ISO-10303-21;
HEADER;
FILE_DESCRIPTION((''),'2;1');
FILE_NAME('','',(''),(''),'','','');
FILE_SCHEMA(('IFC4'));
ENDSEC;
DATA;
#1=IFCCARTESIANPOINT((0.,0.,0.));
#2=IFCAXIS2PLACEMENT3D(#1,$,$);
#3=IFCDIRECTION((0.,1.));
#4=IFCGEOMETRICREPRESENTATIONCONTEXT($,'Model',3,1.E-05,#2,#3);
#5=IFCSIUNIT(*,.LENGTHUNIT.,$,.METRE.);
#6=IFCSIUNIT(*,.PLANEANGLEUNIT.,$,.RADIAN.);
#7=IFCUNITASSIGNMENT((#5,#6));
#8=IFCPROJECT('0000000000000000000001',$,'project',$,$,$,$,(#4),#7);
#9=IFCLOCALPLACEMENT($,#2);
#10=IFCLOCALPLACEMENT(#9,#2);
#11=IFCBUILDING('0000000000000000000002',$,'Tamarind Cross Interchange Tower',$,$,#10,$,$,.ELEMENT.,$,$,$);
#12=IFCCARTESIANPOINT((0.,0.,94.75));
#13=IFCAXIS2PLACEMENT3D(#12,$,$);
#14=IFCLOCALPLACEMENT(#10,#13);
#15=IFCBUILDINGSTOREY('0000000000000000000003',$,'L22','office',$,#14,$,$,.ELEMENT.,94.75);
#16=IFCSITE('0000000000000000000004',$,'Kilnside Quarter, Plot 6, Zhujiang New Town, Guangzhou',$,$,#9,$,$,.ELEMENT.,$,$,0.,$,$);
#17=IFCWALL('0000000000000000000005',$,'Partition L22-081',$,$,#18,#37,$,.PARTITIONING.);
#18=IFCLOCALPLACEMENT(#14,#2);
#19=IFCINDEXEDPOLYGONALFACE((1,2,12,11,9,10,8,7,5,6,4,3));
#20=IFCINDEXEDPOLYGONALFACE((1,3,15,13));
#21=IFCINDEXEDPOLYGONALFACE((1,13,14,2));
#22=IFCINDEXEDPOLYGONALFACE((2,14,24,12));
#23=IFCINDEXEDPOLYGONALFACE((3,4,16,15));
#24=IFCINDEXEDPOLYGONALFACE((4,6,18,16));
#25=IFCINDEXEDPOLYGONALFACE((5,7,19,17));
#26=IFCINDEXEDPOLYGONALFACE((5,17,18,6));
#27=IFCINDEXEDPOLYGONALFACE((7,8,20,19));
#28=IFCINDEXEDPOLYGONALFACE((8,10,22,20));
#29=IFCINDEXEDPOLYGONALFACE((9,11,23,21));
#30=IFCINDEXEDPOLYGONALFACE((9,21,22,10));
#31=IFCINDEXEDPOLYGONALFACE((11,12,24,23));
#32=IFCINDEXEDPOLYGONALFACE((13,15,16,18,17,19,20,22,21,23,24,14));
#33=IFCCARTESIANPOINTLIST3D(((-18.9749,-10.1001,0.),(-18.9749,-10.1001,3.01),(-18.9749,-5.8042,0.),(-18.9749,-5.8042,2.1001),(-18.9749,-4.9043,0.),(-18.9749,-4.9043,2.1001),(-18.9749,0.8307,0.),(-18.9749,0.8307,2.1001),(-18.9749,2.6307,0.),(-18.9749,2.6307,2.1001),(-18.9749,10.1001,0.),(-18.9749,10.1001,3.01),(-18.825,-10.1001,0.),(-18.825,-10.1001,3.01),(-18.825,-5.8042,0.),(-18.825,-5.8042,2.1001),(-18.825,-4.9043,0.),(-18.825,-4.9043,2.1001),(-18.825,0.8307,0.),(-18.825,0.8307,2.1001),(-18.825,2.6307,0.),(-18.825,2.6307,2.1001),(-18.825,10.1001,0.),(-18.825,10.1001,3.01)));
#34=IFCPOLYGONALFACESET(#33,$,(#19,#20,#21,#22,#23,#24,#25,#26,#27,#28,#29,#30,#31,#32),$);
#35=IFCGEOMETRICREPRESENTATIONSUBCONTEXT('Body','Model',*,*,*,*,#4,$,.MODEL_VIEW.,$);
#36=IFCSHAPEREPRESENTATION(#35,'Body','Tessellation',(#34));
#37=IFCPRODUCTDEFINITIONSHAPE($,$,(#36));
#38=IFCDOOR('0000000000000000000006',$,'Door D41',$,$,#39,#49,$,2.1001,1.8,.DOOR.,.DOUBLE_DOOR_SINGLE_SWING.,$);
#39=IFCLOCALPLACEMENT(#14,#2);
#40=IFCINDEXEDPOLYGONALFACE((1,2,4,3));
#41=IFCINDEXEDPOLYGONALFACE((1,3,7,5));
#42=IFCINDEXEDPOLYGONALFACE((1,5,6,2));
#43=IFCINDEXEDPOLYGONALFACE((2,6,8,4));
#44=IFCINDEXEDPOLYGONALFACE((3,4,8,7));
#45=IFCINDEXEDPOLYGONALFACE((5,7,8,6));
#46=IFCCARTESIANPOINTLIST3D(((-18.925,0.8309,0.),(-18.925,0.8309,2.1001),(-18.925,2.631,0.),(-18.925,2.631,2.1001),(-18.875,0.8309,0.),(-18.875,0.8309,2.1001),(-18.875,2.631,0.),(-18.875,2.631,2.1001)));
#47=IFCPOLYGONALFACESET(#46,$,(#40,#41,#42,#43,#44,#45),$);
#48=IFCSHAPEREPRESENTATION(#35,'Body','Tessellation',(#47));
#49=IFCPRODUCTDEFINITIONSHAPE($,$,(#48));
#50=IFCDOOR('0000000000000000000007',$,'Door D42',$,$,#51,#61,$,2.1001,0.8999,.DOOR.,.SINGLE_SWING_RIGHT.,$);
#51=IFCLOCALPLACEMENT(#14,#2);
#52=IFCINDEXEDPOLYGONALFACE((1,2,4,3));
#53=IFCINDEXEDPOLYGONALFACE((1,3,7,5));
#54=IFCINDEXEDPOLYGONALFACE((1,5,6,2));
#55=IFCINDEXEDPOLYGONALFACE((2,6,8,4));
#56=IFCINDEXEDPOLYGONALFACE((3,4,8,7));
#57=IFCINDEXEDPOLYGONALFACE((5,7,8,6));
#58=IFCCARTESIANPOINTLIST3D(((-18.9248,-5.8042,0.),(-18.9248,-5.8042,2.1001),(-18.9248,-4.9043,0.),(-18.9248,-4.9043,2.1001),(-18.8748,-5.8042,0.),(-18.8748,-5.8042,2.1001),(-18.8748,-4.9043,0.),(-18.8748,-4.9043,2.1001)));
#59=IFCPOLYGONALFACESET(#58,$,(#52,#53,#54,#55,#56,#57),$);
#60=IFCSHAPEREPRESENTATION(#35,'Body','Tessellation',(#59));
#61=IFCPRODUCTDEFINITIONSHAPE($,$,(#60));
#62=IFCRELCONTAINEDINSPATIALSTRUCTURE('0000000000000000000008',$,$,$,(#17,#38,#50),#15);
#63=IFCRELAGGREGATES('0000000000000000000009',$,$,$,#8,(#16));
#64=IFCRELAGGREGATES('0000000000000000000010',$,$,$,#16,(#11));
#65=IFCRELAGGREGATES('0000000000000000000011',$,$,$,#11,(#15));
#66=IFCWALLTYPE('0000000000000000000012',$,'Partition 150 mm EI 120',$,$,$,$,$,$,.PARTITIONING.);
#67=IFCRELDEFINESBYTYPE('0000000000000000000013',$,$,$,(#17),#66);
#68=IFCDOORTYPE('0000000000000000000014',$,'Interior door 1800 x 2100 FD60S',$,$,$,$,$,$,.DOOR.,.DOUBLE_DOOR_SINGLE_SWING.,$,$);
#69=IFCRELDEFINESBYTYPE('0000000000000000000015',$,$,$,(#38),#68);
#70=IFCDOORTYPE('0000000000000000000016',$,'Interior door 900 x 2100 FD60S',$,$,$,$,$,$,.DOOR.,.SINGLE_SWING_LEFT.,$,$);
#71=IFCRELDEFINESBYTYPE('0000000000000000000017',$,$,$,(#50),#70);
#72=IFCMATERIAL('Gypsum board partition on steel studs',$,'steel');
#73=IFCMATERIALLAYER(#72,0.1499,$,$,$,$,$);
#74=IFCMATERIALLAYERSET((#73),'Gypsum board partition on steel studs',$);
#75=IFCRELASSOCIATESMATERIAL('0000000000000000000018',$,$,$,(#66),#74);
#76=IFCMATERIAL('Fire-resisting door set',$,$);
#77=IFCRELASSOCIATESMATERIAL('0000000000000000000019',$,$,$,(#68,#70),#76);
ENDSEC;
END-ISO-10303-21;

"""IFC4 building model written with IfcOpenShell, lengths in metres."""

from ifc_helpers import new_model, si_unit, direction, frame, frame_2d, origin, place, context, subcontext, project, spatial, rectangle, extrude, material, layer, layer_set, type_object, element, fill, save


model = new_model("IFC4")

# Units and contexts
model_context = context("Model", 3, precision=1e-05, world=origin(), true_north=direction((0.0, 1.0)))
body_context = subcontext(model_context, "Body", "Model", "MODEL_VIEW")
ifc_project = project(units=[si_unit("LENGTHUNIT", "METRE"), si_unit("PLANEANGLEUNIT", "RADIAN")], contexts=[model_context])

# Site, building, storey
site_placement = place(None, origin())
site = spatial("IfcSite", under=ifc_project, at=site_placement, Name="Kilnside Quarter, Plot 6, Zhujiang New Town, Guangzhou", CompositionType="ELEMENT", RefElevation=0.0)
building_placement = place(site_placement, origin())
building = spatial("IfcBuilding", under=site, at=building_placement, Name="Tamarind Cross Interchange Tower", CompositionType="ELEMENT")
storey_placement = place(building_placement, frame((0.0, 0.0, 94.75)))
storey = spatial("IfcBuildingStorey", under=building, at=storey_placement, Name="L22", Description="office", CompositionType="ELEMENT", Elevation=94.75)

# Shared definitions
ifc_material_1 = material(Name="Gypsum board partition on steel studs", Category="steel")
ifc_layer_1 = layer(ifc_material_1, 0.1499)
ifc_layer_set_1 = layer_set([ifc_layer_1], Name="Gypsum board partition on steel studs")
wall_type_1 = type_object("IfcWallType", Name="Partition 150 mm EI 120", PredefinedType="PARTITIONING", material=ifc_layer_set_1)

# Wall, openings, doors
ifc_material_2 = material(Name="Fire-resisting door set")
door_type_1 = type_object("IfcDoorType", Name="Interior door 1800 x 2100 FD60S", OperationType="DOUBLE_DOOR_SINGLE_SWING", PredefinedType="DOOR", material=ifc_material_2)
wall_1_placement = place(storey_placement, frame((-18.8999, -10.1001, 0.0), z_axis=(0.0, 0.0, 1.0), x_axis=(0.0, 1.0, 0.0)))
wall_1 = element("IfcWall", 1, at=wall_1_placement, inside=storey, type_object=wall_type_1, Name="Partition L22-081", PredefinedType="PARTITIONING", context=body_context, shape_type="SweptSolid", body=[
    extrude(rectangle(XDim=20.2002, YDim=0.1499, at=frame_2d((10.1001, 0.0))), origin(), (0.0, 0.0, 1.0), 3.01),
])
opening_1_placement = place(wall_1_placement, frame((10.9309, 0.0, 0.0)))
opening_1 = element("IfcOpeningElement", 2, at=opening_1_placement, cuts=wall_1, PredefinedType="OPENING", context=body_context, shape_type="SweptSolid", body=[
    extrude(rectangle(XDim=1.8, YDim=2.1001, at=frame_2d((0.8999, 1.05))), frame((0.0, 0.085, 0.0), z_axis=(0.0, -1.0, 0.0), x_axis=(1.0, 0.0, 0.0)), (0.0, 0.0, 1.0), 0.1699),
])
opening_2_placement = place(wall_1_placement, frame((4.2959, 0.0, 0.0)))
opening_2 = element("IfcOpeningElement", 3, at=opening_2_placement, cuts=wall_1, PredefinedType="OPENING", context=body_context, shape_type="SweptSolid", body=[
    extrude(rectangle(XDim=0.8999, YDim=2.1001, at=frame_2d((0.45, 1.05))), frame((0.0, 0.085, 0.0), z_axis=(0.0, -1.0, 0.0), x_axis=(1.0, 0.0, 0.0)), (0.0, 0.0, 1.0), 0.1699),
])
door_1_placement = place(opening_1_placement, frame((1.8, 0.0, 0.0), z_axis=(0.0, 0.0, 1.0), x_axis=(-1.0, 0.0, 0.0)))
door_1 = element("IfcDoor", 4, at=door_1_placement, inside=storey, type_object=door_type_1, Name="Door D41", OperationType="DOUBLE_DOOR_SINGLE_SWING", OverallHeight=2.1001, OverallWidth=1.8, PredefinedType="DOOR", context=body_context, shape_type="SweptSolid", body=[
    extrude(rectangle(XDim=1.8, YDim=2.1001, at=frame_2d((0.8999, 1.05))), frame((0.0, 0.0249, 0.0), z_axis=(0.0, -1.0, 0.0), x_axis=(1.0, 0.0, 0.0)), (0.0, 0.0, 1.0), 0.05),
])
fill(opening_1, door_1)
door_type_2 = type_object("IfcDoorType", Name="Interior door 900 x 2100 FD60S", OperationType="SINGLE_SWING_LEFT", PredefinedType="DOOR", material=ifc_material_2)
door_2_placement = place(opening_2_placement, origin())
door_2 = element("IfcDoor", 5, at=door_2_placement, inside=storey, type_object=door_type_2, Name="Door D42", OperationType="SINGLE_SWING_RIGHT", OverallHeight=2.1001, OverallWidth=0.8999, PredefinedType="DOOR", context=body_context, shape_type="SweptSolid", body=[
    extrude(rectangle(XDim=0.8999, YDim=2.1001, at=frame_2d((0.45, 1.05))), frame((0.0, 0.0249, 0.0), z_axis=(0.0, -1.0, 0.0), x_axis=(1.0, 0.0, 0.0)), (0.0, 0.0, 1.0), 0.05),
])
fill(opening_2, door_2)

save(model, "model.ifc")
